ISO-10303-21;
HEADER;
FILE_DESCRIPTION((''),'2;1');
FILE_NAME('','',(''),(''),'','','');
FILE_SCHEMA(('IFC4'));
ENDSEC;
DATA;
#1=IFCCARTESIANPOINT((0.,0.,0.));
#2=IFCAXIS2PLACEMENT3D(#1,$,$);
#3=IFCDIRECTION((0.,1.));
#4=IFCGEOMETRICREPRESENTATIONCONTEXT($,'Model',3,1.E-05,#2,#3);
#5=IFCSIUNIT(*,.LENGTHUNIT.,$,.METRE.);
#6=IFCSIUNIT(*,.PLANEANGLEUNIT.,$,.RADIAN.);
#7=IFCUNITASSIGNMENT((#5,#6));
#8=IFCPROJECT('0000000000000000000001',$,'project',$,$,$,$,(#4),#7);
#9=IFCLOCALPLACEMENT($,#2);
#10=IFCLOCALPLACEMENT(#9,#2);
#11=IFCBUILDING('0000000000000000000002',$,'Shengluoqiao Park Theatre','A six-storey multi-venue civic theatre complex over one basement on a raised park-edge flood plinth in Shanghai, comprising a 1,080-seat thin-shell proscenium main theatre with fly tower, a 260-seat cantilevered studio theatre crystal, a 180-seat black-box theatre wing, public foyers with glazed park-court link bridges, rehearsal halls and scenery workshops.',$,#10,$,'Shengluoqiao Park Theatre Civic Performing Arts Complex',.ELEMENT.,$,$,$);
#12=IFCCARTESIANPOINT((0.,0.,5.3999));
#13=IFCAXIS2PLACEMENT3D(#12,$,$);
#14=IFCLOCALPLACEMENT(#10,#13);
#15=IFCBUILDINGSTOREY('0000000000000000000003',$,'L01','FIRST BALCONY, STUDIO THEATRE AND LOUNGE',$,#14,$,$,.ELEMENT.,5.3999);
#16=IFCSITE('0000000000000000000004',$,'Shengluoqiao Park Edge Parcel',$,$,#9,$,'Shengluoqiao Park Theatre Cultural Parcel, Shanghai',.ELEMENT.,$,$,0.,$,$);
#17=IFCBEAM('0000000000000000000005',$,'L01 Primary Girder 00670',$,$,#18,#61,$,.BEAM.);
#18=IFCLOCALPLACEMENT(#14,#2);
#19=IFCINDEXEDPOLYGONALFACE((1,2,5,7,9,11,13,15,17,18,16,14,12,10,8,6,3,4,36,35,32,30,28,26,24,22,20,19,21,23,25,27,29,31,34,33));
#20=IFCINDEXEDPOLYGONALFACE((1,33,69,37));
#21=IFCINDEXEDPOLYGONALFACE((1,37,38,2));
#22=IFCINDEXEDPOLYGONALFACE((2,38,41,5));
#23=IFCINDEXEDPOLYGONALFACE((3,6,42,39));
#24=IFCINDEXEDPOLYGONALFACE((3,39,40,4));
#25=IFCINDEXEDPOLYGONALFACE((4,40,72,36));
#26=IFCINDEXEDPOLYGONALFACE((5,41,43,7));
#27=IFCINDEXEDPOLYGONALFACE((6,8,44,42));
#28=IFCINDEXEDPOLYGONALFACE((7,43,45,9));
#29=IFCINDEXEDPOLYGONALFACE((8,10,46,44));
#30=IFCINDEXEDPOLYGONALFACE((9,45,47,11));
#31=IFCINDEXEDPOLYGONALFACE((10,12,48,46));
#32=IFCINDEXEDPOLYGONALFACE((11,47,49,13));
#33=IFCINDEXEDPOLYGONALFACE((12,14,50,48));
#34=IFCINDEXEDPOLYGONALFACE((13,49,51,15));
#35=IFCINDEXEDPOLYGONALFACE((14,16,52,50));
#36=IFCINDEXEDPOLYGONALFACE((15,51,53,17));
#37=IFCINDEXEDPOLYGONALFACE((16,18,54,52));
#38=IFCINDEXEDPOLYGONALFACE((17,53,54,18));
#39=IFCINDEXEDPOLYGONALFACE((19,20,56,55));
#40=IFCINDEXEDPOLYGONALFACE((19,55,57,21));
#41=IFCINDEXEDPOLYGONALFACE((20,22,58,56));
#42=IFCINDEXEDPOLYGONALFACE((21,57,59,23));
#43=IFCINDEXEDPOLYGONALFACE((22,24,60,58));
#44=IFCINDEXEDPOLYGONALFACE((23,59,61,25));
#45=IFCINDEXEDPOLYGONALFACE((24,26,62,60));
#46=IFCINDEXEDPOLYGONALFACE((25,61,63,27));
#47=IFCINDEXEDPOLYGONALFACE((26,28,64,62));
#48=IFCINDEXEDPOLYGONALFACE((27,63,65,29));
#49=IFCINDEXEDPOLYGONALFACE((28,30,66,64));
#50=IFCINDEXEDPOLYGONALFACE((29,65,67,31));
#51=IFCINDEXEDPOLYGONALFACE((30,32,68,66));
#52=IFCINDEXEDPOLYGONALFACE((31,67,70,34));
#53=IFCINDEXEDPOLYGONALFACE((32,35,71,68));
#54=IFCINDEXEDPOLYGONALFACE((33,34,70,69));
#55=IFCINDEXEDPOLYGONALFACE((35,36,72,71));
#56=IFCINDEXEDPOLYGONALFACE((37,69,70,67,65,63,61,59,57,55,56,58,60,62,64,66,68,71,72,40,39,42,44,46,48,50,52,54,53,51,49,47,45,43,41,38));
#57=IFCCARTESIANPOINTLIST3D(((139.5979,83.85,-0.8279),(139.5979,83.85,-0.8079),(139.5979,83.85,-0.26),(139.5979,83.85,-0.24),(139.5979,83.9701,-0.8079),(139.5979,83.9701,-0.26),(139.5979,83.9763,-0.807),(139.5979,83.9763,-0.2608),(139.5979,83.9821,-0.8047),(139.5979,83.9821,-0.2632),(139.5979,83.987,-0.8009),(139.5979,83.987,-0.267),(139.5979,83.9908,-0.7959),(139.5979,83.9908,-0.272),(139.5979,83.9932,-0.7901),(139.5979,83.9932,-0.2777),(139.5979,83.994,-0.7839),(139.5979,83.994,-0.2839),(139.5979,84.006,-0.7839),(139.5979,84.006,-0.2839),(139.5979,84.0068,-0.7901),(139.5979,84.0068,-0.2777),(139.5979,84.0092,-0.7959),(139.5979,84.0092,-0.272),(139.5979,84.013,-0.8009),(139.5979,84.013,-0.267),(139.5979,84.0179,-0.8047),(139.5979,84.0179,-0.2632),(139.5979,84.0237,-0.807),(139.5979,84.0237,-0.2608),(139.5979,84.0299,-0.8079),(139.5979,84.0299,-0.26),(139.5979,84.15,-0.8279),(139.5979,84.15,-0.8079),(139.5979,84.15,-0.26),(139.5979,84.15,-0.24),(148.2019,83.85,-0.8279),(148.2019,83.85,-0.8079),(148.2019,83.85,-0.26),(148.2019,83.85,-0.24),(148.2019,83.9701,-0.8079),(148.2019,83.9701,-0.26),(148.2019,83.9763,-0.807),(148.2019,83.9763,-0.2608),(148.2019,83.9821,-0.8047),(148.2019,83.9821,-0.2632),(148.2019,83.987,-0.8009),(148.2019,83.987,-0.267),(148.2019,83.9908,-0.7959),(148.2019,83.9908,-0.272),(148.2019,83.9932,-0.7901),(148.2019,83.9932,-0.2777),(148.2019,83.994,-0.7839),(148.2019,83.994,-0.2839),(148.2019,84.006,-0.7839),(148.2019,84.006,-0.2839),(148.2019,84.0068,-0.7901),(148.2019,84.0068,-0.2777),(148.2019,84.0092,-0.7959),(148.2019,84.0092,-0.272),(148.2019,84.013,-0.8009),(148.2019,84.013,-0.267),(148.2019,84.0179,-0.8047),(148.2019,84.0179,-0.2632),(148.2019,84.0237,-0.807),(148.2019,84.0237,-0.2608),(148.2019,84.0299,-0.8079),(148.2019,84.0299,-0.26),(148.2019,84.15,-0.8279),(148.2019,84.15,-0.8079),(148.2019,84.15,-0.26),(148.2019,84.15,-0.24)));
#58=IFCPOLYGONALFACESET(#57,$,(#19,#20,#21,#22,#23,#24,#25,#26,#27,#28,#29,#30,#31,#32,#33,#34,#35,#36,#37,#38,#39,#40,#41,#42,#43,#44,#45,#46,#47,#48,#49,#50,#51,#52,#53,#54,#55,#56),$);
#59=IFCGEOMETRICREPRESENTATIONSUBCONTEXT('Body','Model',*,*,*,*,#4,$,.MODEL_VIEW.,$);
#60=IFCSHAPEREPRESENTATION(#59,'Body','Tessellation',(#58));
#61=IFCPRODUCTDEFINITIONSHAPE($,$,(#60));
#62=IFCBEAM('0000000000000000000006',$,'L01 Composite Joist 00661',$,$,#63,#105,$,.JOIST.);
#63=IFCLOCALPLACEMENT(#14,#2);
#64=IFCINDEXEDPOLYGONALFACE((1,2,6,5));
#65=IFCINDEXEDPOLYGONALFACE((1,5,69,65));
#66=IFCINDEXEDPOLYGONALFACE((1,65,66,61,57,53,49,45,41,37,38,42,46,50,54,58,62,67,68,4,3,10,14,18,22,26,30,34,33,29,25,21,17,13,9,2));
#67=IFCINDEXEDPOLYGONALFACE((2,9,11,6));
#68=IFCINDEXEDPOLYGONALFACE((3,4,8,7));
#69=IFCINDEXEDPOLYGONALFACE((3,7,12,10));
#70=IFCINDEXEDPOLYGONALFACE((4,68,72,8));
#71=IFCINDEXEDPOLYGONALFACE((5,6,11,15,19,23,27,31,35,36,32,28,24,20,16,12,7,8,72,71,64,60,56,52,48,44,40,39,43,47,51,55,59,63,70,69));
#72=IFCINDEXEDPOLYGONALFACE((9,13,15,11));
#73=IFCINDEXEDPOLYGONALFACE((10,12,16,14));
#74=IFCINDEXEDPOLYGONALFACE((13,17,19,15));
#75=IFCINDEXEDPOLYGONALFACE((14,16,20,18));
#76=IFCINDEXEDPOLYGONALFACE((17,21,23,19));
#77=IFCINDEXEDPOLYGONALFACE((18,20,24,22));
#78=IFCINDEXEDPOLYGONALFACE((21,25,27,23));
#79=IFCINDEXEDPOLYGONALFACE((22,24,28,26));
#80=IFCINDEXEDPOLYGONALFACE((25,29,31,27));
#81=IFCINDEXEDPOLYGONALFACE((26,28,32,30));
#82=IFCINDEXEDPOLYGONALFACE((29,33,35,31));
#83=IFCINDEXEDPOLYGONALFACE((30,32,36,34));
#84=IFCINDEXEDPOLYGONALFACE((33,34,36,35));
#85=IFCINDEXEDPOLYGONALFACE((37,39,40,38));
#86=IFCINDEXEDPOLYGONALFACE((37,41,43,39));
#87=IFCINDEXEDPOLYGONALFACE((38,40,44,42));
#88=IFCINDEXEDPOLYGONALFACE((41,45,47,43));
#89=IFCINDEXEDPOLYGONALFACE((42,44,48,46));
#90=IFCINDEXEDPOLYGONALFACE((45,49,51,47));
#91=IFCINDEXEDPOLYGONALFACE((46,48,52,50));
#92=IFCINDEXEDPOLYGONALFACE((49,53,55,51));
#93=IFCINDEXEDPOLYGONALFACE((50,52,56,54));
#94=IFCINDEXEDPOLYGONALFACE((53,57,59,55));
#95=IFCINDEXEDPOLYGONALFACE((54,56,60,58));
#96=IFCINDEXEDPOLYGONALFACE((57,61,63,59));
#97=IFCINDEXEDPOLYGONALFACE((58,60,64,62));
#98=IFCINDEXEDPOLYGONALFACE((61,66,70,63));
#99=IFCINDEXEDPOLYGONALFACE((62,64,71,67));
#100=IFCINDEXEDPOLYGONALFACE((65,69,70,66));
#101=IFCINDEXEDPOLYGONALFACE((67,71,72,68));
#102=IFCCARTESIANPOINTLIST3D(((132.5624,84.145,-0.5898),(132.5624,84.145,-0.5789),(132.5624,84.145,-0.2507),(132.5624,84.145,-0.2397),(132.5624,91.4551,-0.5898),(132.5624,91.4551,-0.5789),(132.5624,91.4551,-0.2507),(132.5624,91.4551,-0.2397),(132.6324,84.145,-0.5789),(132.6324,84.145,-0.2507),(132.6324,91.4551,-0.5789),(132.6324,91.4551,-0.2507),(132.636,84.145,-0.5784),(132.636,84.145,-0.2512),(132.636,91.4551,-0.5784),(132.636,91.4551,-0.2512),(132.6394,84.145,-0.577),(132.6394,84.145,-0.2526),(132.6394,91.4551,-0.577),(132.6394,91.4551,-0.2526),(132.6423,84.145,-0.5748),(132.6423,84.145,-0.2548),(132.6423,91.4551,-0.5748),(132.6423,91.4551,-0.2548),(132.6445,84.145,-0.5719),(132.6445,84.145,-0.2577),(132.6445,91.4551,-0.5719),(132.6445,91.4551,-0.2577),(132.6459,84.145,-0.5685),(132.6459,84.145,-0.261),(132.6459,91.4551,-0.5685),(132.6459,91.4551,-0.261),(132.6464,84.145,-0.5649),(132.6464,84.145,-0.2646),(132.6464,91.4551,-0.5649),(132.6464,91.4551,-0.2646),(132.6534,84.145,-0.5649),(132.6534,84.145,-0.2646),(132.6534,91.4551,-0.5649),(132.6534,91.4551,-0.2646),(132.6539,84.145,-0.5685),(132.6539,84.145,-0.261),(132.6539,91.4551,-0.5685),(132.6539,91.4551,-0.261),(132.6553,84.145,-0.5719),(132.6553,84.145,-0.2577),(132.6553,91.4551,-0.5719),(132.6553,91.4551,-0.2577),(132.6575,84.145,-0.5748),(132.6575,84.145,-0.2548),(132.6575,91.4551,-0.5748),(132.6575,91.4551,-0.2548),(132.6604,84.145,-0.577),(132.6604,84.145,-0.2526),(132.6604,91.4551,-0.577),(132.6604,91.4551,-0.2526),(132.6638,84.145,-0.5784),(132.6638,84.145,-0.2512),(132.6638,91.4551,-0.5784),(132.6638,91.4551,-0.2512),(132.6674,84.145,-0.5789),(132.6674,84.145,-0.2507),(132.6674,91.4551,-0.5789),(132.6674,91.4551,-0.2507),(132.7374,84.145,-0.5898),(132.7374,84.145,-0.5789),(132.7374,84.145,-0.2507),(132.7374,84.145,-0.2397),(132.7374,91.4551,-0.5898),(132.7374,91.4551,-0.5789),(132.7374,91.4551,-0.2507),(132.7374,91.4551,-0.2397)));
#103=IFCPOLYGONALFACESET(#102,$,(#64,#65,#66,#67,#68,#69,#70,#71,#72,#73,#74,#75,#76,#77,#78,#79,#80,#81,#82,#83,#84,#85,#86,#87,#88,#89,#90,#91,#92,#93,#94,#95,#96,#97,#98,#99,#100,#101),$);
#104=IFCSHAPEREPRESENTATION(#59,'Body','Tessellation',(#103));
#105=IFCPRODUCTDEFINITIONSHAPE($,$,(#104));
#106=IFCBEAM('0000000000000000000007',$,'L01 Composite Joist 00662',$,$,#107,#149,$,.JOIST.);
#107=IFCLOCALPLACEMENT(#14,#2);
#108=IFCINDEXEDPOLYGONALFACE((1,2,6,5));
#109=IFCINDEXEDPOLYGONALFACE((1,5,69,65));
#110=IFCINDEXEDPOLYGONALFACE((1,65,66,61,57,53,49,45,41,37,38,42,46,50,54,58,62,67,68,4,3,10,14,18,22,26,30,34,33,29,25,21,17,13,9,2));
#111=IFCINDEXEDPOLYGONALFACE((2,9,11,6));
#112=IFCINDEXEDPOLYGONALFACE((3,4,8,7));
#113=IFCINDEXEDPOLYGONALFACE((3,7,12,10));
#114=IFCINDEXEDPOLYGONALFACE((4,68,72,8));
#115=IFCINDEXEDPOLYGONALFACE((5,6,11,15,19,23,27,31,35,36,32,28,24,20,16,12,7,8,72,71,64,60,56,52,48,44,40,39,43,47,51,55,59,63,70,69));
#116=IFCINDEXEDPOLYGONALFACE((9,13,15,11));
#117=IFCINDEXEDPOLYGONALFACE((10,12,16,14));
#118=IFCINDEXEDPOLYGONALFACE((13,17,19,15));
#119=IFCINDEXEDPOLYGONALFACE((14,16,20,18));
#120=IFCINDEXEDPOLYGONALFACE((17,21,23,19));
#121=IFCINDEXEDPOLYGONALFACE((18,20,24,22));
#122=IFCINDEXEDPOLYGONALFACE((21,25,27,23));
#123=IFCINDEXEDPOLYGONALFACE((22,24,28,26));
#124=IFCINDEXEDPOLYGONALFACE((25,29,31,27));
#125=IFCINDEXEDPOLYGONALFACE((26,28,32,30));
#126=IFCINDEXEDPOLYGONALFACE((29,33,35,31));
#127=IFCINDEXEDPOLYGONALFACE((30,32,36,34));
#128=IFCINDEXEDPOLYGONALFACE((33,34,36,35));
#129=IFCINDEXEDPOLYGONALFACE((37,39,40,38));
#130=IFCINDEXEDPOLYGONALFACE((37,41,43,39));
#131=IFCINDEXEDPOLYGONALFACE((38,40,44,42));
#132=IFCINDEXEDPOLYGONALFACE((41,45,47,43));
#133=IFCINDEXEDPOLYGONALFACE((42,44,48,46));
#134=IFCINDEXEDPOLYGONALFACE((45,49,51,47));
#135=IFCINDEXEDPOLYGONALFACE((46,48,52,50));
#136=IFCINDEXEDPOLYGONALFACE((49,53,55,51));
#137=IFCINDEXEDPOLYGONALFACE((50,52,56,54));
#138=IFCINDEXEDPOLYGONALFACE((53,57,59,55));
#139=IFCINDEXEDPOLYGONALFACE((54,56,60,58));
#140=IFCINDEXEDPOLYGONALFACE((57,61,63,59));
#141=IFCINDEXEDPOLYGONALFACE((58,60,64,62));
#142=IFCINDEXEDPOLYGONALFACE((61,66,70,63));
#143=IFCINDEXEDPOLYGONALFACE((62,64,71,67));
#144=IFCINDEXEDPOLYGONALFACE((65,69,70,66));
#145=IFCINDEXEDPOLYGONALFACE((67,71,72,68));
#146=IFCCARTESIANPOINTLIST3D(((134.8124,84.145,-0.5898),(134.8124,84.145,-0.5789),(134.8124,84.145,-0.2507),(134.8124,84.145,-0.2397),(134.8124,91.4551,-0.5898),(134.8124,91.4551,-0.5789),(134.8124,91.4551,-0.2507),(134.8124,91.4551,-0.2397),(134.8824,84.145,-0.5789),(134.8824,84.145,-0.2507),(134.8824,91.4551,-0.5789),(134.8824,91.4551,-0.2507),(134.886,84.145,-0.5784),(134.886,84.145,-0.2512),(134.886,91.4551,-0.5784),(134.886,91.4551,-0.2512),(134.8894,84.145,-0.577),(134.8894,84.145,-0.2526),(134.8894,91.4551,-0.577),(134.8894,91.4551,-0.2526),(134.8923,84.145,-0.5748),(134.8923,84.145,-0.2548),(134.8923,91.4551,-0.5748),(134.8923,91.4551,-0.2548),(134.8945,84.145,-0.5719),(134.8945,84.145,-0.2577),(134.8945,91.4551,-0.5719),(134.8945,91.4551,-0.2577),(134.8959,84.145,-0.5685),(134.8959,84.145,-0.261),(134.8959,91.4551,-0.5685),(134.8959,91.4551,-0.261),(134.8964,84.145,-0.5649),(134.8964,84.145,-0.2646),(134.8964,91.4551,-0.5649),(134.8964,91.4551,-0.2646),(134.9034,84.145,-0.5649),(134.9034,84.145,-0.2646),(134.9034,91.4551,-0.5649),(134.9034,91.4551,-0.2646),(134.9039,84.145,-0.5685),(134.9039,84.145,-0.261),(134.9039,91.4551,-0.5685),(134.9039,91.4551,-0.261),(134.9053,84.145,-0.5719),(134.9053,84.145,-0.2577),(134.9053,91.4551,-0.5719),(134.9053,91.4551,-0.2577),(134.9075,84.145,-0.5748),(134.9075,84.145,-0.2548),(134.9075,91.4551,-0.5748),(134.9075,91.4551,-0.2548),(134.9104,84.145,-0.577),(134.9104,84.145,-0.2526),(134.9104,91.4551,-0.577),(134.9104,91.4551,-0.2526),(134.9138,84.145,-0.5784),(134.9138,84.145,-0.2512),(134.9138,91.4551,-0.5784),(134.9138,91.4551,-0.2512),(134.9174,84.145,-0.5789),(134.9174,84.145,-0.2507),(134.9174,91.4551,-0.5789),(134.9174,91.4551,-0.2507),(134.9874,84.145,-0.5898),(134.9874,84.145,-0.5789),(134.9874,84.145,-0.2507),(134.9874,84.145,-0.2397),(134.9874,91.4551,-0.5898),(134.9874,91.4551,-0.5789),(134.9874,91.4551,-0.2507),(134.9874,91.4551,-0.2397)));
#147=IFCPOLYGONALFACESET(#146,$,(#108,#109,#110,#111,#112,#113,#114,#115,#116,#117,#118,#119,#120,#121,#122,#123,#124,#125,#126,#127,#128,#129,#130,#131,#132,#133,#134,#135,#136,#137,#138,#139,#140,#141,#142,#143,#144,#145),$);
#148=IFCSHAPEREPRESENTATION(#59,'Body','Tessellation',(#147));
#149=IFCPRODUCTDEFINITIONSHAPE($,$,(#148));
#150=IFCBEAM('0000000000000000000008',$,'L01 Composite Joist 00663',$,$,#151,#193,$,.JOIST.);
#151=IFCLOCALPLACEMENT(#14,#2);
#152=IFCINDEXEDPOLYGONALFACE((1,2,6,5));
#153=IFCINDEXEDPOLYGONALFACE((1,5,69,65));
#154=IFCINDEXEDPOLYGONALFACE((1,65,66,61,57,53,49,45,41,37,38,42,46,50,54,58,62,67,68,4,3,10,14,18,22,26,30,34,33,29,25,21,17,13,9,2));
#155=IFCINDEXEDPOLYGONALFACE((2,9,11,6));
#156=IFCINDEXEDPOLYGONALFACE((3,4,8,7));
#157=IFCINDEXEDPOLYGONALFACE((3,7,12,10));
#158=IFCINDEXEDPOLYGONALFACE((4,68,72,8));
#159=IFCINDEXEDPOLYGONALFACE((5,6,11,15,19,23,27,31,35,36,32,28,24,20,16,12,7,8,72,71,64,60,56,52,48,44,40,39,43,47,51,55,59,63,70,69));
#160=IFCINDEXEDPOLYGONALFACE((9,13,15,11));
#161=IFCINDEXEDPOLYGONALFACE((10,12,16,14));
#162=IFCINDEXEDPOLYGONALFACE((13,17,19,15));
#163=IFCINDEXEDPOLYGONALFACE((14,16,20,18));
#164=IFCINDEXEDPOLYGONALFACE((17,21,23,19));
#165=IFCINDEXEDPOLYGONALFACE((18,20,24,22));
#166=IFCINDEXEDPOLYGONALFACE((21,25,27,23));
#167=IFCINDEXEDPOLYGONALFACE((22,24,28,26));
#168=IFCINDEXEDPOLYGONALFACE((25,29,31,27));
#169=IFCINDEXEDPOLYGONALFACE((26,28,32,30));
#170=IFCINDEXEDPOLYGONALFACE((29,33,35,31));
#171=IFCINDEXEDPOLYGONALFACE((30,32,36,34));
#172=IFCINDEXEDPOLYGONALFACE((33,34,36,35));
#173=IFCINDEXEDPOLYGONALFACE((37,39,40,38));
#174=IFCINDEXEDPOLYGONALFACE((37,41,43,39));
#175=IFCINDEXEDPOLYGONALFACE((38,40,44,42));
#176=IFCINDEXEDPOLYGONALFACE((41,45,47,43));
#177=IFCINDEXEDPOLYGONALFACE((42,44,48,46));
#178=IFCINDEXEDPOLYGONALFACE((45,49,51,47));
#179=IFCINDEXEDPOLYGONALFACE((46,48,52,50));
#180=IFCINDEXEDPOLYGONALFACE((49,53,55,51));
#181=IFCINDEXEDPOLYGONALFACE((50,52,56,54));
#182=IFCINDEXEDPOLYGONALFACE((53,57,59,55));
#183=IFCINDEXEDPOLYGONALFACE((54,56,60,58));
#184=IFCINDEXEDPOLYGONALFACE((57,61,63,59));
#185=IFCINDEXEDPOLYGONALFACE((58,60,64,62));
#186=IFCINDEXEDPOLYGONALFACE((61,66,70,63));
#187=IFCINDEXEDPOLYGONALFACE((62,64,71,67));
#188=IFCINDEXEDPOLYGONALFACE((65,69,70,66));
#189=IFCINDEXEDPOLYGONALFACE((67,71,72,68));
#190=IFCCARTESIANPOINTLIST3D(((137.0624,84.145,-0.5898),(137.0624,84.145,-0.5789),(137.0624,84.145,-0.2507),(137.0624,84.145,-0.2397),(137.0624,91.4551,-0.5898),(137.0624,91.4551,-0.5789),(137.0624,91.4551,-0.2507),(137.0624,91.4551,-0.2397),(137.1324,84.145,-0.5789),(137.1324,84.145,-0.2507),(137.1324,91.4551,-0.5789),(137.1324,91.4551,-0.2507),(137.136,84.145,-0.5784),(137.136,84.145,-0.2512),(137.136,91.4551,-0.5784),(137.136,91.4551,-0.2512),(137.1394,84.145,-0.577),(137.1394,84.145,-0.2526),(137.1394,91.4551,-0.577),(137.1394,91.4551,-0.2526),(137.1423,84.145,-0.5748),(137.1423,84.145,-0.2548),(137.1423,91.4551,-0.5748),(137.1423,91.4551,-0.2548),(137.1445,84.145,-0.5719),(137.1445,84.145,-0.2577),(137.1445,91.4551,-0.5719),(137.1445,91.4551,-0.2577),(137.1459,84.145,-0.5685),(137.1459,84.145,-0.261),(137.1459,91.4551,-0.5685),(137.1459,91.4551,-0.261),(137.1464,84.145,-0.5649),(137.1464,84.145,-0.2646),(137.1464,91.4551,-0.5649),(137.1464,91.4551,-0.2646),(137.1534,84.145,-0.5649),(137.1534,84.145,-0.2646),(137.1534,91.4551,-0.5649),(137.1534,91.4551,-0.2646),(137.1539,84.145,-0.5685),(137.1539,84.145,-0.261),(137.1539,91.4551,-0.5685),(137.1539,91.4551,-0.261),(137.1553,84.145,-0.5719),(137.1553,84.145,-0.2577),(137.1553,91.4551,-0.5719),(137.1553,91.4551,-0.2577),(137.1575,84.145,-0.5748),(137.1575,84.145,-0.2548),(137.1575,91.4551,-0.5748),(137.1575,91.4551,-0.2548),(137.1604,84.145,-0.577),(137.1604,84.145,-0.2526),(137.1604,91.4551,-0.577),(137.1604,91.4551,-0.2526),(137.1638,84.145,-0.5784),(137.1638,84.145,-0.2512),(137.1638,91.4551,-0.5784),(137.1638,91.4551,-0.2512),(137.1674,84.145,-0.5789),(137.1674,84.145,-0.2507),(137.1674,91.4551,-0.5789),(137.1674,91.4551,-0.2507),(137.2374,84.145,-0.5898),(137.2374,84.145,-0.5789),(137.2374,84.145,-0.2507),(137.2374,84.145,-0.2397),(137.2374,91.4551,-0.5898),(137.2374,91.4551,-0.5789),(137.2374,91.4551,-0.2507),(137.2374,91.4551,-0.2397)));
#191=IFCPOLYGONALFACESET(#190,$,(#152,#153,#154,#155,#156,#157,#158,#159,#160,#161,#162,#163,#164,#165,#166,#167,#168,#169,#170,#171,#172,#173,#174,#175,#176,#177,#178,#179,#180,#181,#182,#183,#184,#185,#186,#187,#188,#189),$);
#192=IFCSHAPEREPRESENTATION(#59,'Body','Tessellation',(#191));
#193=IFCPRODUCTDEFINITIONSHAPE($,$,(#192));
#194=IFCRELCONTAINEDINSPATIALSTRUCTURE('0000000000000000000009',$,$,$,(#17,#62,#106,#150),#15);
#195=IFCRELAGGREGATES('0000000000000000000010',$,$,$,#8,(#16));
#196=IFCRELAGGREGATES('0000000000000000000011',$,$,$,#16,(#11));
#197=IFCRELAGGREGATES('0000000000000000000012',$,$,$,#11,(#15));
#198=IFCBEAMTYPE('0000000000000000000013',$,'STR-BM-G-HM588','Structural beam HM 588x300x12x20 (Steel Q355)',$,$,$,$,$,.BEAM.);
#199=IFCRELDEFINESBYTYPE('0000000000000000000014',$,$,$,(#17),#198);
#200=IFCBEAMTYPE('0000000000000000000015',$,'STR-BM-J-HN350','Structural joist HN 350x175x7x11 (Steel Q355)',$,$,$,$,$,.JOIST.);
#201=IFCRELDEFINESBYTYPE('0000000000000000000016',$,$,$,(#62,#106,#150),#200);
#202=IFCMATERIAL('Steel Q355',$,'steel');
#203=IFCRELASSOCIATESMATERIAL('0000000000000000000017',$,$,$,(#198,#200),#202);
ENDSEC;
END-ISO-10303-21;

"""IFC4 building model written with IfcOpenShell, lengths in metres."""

from ifc_helpers import new_model, si_unit, direction, frame, origin, origin_2d, place, context, subcontext, project, spatial, i_section, extrude, material, material_profile, profile_set, type_object, element, save


model = new_model("IFC4")

# Units and contexts
model_context = context("Model", 3, precision=1e-05, world=origin(), true_north=direction((0.0, 1.0)))
body_context = subcontext(model_context, "Body", "Model", "MODEL_VIEW")
ifc_project = project(units=[si_unit("LENGTHUNIT", "METRE"), si_unit("PLANEANGLEUNIT", "RADIAN")], contexts=[model_context])

# Site, building, storey
site_placement = place(None, origin())
site = spatial("IfcSite", under=ifc_project, at=site_placement, Name="Shengluoqiao Park Edge Parcel", LongName="Shengluoqiao Park Theatre Cultural Parcel, Shanghai", CompositionType="ELEMENT", RefElevation=0.0)
building_placement = place(site_placement, origin())
building = spatial("IfcBuilding", under=site, at=building_placement, Name="Shengluoqiao Park Theatre", Description="A six-storey multi-venue civic theatre complex over one basement on a raised park-edge flood plinth in Shanghai, comprising a 1,080-seat thin-shell proscenium main theatre with fly tower, a 260-seat cantilevered studio theatre crystal, a 180-seat black-box theatre wing, public foyers with glazed park-court link bridges, rehearsal halls and scenery workshops.", LongName="Shengluoqiao Park Theatre Civic Performing Arts Complex", CompositionType="ELEMENT")
storey_placement = place(building_placement, frame((0.0, 0.0, 5.3999)))
storey = spatial("IfcBuildingStorey", under=building, at=storey_placement, Name="L01", Description="FIRST BALCONY, STUDIO THEATRE AND LOUNGE", CompositionType="ELEMENT", Elevation=5.3999)

# Beams
ifc_material_1 = material(Name="Steel Q355", Category="steel")
ifc_material_profile_1 = material_profile(ifc_material_1, i_section(OverallWidth=0.3, OverallDepth=0.5879, WebThickness=0.012, FlangeThickness=0.02, FilletRadius=0.0239, at=origin_2d()), Name="HM 588x300x12x20")
ifc_profile_set_1 = profile_set([ifc_material_profile_1], Name="Steel Q355")
beam_type_1 = type_object("IfcBeamType", Name="STR-BM-G-HM588", Description="Structural beam HM 588x300x12x20 (Steel Q355)", PredefinedType="BEAM", material=ifc_profile_set_1)
beam_1_placement = place(storey_placement, frame((139.5979, 84.0, -0.5339), z_axis=(1.0, 0.0, 0.0), x_axis=(0.0, 1.0, 0.0)))
element("IfcBeam", 1, at=beam_1_placement, inside=storey, type_object=beam_type_1, Name="L01 Primary Girder 00670", PredefinedType="BEAM", context=body_context, shape_type="SweptSolid", body=[
    extrude(i_section(OverallWidth=0.3, OverallDepth=0.5879, WebThickness=0.012, FlangeThickness=0.02, FilletRadius=0.0239, at=origin_2d()), origin(), (0.0, 0.0, 1.0), 8.604),
])
ifc_material_profile_2 = material_profile(ifc_material_1, i_section(OverallWidth=0.175, OverallDepth=0.3501, WebThickness=0.0071, FlangeThickness=0.011, FilletRadius=0.0139, at=origin_2d()), Name="HN 350x175x7x11")
ifc_profile_set_2 = profile_set([ifc_material_profile_2], Name="Steel Q355")
beam_type_2 = type_object("IfcBeamType", Name="STR-BM-J-HN350", Description="Structural joist HN 350x175x7x11 (Steel Q355)", PredefinedType="JOIST", material=ifc_profile_set_2)
for number, where, z_axis, x_axis, name in (
    (2, (132.6499, 84.145, -0.4148), (0.0, 1.0, 0.0), (-1.0, 0.0, 0.0), "L01 Composite Joist 00661"),
    (3, (134.8999, 84.145, -0.4148), (0.0, 1.0, 0.0), (-1.0, 0.0, 0.0), "L01 Composite Joist 00662"),
    (4, (137.1499, 84.145, -0.4148), (0.0, 1.0, 0.0), (-1.0, 0.0, 0.0), "L01 Composite Joist 00663"),
):
    element("IfcBeam", number, at=place(storey_placement, frame(where, z_axis=z_axis, x_axis=x_axis)), inside=storey, type_object=beam_type_2, Name=name, PredefinedType="JOIST", context=body_context, shape_type="SweptSolid", body=[
        extrude(i_section(OverallWidth=0.175, OverallDepth=0.3501, WebThickness=0.0071, FlangeThickness=0.011, FilletRadius=0.0139, at=origin_2d()), origin(), (0.0, 0.0, 1.0), 7.3101),
    ])

save(model, "model.ifc")
